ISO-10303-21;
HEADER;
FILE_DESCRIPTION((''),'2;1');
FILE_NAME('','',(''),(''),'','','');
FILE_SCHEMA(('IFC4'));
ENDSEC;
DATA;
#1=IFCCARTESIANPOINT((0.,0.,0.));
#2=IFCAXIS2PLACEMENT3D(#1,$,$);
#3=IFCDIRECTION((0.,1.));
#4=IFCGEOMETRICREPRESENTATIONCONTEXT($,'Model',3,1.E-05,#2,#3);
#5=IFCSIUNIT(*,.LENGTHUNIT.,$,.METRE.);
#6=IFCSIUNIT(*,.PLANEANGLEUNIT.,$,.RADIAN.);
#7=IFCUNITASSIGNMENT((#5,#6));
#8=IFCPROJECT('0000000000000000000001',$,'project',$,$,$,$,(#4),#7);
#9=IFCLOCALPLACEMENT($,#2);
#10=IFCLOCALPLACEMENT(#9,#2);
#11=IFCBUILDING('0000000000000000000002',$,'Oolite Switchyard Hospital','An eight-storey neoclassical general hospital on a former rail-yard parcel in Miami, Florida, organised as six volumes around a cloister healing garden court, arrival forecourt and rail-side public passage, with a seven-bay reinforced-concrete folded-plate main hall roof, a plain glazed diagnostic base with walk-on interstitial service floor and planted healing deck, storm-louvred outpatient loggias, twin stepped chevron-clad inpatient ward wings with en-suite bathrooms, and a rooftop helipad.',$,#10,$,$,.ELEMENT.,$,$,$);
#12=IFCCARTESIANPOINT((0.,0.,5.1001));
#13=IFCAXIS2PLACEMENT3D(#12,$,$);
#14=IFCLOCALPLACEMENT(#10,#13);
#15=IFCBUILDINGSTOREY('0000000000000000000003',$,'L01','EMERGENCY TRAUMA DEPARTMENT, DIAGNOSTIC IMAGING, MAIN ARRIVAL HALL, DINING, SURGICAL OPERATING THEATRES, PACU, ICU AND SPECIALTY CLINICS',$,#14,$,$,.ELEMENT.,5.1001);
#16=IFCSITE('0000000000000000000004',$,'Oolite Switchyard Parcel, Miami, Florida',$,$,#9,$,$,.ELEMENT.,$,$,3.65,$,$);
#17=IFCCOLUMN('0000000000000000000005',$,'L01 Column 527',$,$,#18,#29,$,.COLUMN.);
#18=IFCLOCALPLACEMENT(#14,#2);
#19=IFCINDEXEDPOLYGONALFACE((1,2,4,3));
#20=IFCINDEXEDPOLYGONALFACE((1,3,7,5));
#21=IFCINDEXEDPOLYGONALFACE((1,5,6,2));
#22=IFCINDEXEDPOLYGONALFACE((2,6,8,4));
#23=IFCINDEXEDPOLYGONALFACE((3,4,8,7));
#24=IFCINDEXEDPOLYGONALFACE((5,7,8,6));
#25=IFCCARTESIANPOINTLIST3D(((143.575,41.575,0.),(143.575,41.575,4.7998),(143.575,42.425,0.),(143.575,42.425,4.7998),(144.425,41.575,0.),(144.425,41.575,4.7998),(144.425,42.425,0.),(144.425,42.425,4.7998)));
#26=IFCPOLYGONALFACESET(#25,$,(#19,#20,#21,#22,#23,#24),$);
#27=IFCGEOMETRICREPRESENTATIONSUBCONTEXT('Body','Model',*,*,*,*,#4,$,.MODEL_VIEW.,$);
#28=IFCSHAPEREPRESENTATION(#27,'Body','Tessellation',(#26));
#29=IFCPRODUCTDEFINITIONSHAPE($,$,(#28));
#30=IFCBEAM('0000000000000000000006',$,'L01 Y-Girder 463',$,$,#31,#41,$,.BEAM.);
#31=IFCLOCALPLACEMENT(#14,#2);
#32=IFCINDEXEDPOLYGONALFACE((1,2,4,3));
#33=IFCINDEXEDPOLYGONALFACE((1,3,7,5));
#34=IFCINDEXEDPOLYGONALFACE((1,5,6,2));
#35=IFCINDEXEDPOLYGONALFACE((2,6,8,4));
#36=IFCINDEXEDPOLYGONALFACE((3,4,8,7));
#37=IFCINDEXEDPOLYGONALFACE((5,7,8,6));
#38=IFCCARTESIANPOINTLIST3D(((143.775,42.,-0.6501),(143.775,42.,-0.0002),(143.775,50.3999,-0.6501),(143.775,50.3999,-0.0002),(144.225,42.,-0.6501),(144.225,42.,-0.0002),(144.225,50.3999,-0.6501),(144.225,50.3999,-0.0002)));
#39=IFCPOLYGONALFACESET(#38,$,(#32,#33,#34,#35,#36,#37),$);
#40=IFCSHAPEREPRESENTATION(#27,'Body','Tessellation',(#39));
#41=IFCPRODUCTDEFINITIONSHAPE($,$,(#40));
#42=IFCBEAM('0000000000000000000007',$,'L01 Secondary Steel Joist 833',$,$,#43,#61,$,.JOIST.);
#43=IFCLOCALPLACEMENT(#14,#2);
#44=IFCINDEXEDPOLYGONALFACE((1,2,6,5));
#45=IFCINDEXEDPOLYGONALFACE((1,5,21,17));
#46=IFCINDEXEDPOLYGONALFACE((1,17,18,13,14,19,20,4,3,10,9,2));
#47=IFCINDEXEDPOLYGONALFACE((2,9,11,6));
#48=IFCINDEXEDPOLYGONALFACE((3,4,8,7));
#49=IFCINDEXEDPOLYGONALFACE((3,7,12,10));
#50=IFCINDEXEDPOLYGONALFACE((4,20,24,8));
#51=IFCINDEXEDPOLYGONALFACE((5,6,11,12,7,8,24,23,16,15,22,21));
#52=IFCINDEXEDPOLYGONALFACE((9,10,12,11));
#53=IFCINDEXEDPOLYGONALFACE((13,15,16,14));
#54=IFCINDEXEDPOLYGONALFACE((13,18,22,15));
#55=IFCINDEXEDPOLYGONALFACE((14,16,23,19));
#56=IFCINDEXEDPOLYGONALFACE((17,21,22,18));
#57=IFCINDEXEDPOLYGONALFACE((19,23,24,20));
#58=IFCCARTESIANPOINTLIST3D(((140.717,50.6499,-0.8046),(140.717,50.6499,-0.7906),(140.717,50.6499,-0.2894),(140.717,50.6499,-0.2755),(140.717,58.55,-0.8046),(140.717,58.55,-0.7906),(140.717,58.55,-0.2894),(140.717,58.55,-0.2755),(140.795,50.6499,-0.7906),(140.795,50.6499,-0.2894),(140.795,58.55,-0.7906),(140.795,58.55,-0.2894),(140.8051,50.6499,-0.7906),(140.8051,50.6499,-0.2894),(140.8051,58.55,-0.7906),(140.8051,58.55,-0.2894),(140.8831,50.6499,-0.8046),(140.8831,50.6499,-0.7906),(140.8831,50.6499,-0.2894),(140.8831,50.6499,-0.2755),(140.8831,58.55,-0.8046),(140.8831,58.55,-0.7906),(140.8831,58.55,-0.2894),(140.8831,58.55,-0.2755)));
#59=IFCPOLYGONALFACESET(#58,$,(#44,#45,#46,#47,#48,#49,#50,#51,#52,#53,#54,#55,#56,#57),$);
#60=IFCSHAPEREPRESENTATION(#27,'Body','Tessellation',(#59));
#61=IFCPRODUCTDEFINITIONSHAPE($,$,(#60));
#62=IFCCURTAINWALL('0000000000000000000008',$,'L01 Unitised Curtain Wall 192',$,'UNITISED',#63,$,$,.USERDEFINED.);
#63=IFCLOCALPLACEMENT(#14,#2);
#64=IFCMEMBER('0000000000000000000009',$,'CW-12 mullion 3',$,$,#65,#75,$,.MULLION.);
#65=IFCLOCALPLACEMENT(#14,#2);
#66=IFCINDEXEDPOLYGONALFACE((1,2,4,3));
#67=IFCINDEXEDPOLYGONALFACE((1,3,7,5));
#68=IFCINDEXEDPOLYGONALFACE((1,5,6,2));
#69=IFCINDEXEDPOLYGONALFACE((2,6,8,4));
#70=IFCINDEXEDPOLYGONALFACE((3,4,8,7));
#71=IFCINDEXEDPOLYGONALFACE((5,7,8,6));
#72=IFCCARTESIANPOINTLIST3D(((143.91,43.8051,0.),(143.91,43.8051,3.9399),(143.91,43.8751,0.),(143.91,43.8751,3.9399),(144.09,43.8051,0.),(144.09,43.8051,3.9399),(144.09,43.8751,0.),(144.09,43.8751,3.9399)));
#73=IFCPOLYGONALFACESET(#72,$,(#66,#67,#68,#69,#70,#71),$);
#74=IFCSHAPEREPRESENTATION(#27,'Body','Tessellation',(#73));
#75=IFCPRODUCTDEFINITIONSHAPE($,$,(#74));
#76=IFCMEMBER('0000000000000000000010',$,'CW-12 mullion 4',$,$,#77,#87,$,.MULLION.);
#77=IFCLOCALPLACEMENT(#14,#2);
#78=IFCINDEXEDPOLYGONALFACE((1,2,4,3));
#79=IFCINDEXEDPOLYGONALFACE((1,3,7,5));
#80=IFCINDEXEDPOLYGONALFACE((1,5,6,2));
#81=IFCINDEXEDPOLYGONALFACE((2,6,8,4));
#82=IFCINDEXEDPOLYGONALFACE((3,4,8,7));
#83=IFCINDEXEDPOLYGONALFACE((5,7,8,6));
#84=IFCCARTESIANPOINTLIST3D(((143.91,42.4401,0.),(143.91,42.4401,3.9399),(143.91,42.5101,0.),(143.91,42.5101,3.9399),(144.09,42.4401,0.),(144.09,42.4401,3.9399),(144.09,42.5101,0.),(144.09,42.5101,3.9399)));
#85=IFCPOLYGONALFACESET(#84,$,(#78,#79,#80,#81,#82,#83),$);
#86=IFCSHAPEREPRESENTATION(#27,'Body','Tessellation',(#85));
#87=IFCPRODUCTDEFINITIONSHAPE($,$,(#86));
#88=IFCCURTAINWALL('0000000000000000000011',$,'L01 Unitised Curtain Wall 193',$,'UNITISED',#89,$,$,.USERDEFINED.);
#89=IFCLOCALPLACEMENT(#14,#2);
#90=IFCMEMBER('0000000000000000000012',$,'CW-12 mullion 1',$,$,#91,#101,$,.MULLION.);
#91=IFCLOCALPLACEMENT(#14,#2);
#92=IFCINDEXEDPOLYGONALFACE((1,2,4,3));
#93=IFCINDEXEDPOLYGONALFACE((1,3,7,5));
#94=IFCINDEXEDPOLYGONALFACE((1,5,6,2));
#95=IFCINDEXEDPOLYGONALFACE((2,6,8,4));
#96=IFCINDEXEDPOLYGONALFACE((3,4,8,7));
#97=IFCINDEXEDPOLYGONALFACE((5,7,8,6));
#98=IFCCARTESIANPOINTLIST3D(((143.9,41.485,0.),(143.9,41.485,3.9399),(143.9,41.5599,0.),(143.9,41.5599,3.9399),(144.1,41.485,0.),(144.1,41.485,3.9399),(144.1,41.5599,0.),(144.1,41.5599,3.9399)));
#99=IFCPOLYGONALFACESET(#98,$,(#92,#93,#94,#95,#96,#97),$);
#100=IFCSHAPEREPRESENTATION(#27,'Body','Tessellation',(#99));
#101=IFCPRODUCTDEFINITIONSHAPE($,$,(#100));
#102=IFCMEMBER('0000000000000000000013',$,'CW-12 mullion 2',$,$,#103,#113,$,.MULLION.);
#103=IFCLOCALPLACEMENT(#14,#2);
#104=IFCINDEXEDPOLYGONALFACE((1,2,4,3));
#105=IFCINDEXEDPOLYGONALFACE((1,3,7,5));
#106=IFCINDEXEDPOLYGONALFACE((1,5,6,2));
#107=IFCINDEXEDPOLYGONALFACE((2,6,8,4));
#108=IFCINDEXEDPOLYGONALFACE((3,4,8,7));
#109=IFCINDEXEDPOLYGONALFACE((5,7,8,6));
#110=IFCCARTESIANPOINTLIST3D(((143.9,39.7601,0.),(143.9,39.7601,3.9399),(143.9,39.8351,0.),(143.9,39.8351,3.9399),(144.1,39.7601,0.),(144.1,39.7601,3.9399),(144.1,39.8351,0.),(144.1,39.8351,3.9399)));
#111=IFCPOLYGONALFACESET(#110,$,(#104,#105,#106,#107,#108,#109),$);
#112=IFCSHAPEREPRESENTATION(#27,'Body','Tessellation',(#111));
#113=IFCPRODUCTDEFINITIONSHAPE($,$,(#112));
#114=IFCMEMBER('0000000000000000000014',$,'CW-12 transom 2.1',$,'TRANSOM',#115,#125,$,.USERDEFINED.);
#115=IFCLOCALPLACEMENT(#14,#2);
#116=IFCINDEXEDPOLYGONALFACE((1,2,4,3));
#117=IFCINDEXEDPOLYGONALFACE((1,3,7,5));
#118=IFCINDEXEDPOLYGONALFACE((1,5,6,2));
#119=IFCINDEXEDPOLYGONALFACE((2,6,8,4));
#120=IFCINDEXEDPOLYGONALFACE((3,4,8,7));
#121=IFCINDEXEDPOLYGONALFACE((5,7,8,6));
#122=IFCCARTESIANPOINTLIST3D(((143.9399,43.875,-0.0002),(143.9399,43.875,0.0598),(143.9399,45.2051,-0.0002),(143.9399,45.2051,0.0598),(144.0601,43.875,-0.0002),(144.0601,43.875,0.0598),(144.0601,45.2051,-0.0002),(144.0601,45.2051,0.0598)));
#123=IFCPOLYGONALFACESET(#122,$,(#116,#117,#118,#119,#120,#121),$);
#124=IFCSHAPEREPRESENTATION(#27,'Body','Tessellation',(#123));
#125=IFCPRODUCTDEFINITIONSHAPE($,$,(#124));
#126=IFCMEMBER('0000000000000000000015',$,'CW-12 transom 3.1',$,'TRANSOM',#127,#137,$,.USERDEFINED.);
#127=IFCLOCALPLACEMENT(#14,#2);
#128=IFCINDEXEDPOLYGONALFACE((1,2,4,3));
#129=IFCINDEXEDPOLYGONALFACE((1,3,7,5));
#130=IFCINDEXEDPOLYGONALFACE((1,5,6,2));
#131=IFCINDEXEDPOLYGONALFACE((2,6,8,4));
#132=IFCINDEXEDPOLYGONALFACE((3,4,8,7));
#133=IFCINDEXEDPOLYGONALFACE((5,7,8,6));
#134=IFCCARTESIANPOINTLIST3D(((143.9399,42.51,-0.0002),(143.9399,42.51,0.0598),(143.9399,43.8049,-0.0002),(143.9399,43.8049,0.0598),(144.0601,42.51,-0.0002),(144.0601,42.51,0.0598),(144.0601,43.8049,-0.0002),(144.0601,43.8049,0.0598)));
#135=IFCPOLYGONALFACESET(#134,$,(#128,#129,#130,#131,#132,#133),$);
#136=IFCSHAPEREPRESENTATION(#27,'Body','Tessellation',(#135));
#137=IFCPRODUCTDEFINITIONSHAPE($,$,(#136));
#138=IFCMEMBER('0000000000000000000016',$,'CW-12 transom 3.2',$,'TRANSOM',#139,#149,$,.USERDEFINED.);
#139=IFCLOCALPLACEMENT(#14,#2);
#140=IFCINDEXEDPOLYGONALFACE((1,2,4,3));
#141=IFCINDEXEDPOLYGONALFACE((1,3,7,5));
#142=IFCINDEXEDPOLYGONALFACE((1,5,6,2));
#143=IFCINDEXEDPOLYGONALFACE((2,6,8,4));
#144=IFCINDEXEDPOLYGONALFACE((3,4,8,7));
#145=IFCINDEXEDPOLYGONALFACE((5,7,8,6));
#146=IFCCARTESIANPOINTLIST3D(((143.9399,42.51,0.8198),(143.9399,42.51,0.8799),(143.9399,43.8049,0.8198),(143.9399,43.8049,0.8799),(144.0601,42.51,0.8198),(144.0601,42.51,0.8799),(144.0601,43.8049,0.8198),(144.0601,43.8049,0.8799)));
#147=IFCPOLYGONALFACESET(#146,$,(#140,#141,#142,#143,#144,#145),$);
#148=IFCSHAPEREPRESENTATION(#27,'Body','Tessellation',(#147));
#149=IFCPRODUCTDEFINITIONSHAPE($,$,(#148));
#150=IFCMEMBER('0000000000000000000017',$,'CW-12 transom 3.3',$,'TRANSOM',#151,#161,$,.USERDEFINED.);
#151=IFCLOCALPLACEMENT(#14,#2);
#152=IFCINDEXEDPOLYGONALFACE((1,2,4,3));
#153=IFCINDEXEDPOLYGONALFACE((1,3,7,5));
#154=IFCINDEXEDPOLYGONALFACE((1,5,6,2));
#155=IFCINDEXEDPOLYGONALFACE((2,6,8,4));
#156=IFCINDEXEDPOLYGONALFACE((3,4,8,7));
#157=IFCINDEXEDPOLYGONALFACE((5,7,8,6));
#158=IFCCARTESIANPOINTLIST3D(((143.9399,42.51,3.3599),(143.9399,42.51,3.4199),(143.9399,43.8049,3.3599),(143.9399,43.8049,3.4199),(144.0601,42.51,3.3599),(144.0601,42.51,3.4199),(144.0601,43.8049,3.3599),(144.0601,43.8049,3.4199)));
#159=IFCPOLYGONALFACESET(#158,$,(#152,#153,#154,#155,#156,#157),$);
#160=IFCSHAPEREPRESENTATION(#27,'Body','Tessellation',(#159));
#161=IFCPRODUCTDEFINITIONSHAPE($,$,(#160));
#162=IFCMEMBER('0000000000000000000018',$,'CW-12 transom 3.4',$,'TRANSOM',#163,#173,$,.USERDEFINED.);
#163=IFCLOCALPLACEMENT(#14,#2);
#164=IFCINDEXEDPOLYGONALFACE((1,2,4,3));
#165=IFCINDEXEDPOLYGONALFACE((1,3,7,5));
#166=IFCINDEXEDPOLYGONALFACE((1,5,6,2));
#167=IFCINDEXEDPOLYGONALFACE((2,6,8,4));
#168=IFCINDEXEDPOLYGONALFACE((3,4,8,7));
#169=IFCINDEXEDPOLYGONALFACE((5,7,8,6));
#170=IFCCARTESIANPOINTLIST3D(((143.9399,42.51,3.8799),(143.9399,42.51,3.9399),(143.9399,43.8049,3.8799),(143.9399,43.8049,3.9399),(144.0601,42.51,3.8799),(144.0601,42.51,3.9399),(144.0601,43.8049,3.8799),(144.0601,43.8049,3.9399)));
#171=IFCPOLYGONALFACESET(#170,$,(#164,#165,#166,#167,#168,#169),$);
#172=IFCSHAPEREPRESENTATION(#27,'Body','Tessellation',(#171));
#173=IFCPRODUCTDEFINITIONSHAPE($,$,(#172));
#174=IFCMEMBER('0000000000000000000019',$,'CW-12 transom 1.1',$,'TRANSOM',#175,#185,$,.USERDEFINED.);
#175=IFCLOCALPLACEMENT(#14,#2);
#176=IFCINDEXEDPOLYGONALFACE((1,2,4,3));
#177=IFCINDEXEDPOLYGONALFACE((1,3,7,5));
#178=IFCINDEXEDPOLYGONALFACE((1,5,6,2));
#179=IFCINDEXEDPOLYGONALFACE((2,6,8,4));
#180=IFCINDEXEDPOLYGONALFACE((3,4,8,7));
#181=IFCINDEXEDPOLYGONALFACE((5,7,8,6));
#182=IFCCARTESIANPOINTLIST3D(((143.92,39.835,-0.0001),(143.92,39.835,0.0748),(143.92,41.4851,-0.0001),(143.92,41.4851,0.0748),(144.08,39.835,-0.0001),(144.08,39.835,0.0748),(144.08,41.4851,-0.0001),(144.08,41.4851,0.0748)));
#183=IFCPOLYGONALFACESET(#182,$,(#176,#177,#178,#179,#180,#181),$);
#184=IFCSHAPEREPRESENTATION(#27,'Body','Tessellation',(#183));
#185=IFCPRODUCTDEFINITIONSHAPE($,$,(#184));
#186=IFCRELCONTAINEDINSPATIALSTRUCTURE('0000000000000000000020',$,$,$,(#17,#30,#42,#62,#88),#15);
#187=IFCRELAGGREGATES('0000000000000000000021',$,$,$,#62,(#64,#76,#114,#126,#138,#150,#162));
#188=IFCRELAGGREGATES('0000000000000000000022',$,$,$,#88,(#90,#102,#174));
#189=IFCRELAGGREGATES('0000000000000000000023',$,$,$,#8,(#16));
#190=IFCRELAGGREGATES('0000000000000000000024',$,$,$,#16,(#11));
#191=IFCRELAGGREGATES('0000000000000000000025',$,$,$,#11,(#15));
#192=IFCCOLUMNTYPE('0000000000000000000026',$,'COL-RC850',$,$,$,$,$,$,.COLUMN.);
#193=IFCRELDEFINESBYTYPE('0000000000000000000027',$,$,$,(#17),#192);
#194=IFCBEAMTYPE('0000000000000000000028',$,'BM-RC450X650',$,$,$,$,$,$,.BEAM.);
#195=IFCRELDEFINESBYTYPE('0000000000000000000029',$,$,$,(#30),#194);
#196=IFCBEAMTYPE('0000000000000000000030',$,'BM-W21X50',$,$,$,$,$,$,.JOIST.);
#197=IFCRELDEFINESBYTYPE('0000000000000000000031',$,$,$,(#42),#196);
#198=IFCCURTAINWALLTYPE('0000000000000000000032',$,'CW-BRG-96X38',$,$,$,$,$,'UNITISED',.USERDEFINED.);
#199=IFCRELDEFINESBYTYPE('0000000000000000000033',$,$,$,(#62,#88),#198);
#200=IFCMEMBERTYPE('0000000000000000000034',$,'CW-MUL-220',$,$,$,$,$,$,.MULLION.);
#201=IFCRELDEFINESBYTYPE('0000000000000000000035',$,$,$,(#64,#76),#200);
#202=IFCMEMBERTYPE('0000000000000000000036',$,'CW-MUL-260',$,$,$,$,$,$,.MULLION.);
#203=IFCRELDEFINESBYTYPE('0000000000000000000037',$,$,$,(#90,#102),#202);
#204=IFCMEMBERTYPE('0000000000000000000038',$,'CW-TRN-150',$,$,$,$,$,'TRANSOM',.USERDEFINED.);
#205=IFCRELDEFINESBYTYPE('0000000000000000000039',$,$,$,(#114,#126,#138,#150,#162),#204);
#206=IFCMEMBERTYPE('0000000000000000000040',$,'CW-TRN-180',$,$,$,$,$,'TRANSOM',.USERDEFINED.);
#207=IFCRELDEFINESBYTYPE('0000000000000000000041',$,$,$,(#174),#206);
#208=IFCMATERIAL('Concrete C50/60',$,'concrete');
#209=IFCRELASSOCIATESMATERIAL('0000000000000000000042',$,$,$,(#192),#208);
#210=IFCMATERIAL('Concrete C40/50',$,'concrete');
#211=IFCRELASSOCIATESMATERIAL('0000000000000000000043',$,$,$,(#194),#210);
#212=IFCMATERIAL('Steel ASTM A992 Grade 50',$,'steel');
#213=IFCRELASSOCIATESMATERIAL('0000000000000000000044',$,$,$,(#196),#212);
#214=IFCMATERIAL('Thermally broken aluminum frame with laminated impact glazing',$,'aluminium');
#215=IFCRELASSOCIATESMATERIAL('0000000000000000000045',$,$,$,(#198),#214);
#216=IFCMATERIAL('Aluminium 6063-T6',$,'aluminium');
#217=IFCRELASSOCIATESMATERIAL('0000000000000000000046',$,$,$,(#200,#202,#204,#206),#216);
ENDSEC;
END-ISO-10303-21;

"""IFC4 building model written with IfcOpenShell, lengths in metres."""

from ifc_helpers import new_model, si_unit, direction, frame, origin, origin_2d, place, context, subcontext, project, spatial, rectangle, i_section, extrude, material, material_profile, profile_set, type_object, element, aggregate, save


model = new_model("IFC4")

# Units and contexts
model_context = context("Model", 3, precision=1e-05, world=origin(), true_north=direction((0.0, 1.0)))
body_context = subcontext(model_context, "Body", "Model", "MODEL_VIEW")
ifc_project = project(units=[si_unit("LENGTHUNIT", "METRE"), si_unit("PLANEANGLEUNIT", "RADIAN")], contexts=[model_context])

# Site, building, storey
site_placement = place(None, origin())
site = spatial("IfcSite", under=ifc_project, at=site_placement, Name="Oolite Switchyard Parcel, Miami, Florida", CompositionType="ELEMENT", RefElevation=3.65)
building_placement = place(site_placement, origin())
building = spatial("IfcBuilding", under=site, at=building_placement, Name="Oolite Switchyard Hospital", Description="An eight-storey neoclassical general hospital on a former rail-yard parcel in Miami, Florida, organised as six volumes around a cloister healing garden court, arrival forecourt and rail-side public passage, with a seven-bay reinforced-concrete folded-plate main hall roof, a plain glazed diagnostic base with walk-on interstitial service floor and planted healing deck, storm-louvred outpatient loggias, twin stepped chevron-clad inpatient ward wings with en-suite bathrooms, and a rooftop helipad.", CompositionType="ELEMENT")
storey_placement = place(building_placement, frame((0.0, 0.0, 5.1001)))
storey = spatial("IfcBuildingStorey", under=building, at=storey_placement, Name="L01", Description="EMERGENCY TRAUMA DEPARTMENT, DIAGNOSTIC IMAGING, MAIN ARRIVAL HALL, DINING, SURGICAL OPERATING THEATRES, PACU, ICU AND SPECIALTY CLINICS", CompositionType="ELEMENT", Elevation=5.1001)

# Column
ifc_material_1 = material(Name="Concrete C50/60", Category="concrete")
ifc_material_profile_1 = material_profile(ifc_material_1, rectangle(XDim=0.8501, YDim=0.8501, at=origin_2d()), Name="RC850X850")
ifc_profile_set_1 = profile_set([ifc_material_profile_1], Name="Concrete C50/60")
column_type = type_object("IfcColumnType", Name="COL-RC850", PredefinedType="COLUMN", material=ifc_profile_set_1)
column_placement = place(storey_placement, frame((144.0, 42.0, 0.0), z_axis=(0.0, 0.0, 1.0), x_axis=(1.0, 0.0, 0.0)))
element("IfcColumn", 1, at=column_placement, inside=storey, type_object=column_type, Name="L01 Column 527", PredefinedType="COLUMN", context=body_context, shape_type="SweptSolid", body=[
    extrude(rectangle(XDim=0.8501, YDim=0.8501, at=origin_2d()), origin(), (0.0, 0.0, 1.0), 4.7998),
])

# Beams
ifc_material_2 = material(Name="Concrete C40/50", Category="concrete")
ifc_material_profile_2 = material_profile(ifc_material_2, rectangle(XDim=0.45, YDim=0.6499, at=origin_2d()), Name="RCB450X650")
ifc_profile_set_2 = profile_set([ifc_material_profile_2], Name="Concrete C40/50")
beam_type_1 = type_object("IfcBeamType", Name="BM-RC450X650", PredefinedType="BEAM", material=ifc_profile_set_2)
beam_1_placement = place(storey_placement, frame((144.0, 42.0, -0.3252), z_axis=(0.0, 1.0, 0.0), x_axis=(-1.0, 0.0, 0.0)))
element("IfcBeam", 2, at=beam_1_placement, inside=storey, type_object=beam_type_1, Name="L01 Y-Girder 463", PredefinedType="BEAM", context=body_context, shape_type="SweptSolid", body=[
    extrude(rectangle(XDim=0.45, YDim=0.6499, at=origin_2d()), origin(), (0.0, 0.0, 1.0), 8.3999),
])
ifc_material_3 = material(Name="Steel ASTM A992 Grade 50", Category="steel")
ifc_material_profile_3 = material_profile(ifc_material_3, i_section(OverallWidth=0.166, OverallDepth=0.5291, WebThickness=0.01, FlangeThickness=0.0139, at=origin_2d()), Name="W21X50")
ifc_profile_set_3 = profile_set([ifc_material_profile_3], Name="Steel ASTM A992 Grade 50")
beam_type_2 = type_object("IfcBeamType", Name="BM-W21X50", PredefinedType="JOIST", material=ifc_profile_set_3)
beam_2_placement = place(storey_placement, frame((140.8, 50.6499, -0.54), z_axis=(0.0, 1.0, 0.0), x_axis=(-1.0, 0.0, 0.0)))
element("IfcBeam", 3, at=beam_2_placement, inside=storey, type_object=beam_type_2, Name="L01 Secondary Steel Joist 833", PredefinedType="JOIST", context=body_context, shape_type="SweptSolid", body=[
    extrude(i_section(OverallWidth=0.166, OverallDepth=0.5291, WebThickness=0.01, FlangeThickness=0.0139, at=origin_2d()), origin(), (0.0, 0.0, 1.0), 7.9001),
])

# Curtain walls, members
ifc_material_4 = material(Name="Thermally broken aluminum frame with laminated impact glazing", Category="aluminium")
curtain_wall_type = type_object("IfcCurtainWallType", Name="CW-BRG-96X38", ElementType="UNITISED", PredefinedType="USERDEFINED", material=ifc_material_4)
curtain_wall_1_placement = place(storey_placement, origin())
curtain_wall_1 = element("IfcCurtainWall", 4, at=curtain_wall_1_placement, inside=storey, type_object=curtain_wall_type, Name="L01 Unitised Curtain Wall 192", ObjectType="UNITISED", PredefinedType="USERDEFINED")
ifc_material_5 = material(Name="Aluminium 6063-T6", Category="aluminium")
ifc_material_profile_4 = material_profile(ifc_material_5, rectangle(XDim=0.1799, YDim=0.0701, at=origin_2d()), Name="CWM70X180")
ifc_profile_set_4 = profile_set([ifc_material_profile_4], Name="Aluminium 6063-T6")
member_type_1 = type_object("IfcMemberType", Name="CW-MUL-220", PredefinedType="MULLION", material=ifc_profile_set_4)
member_1_placement = place(storey_placement, frame((144.0, 43.8401, 0.0), z_axis=(0.0, 0.0, 1.0), x_axis=(1.0, 0.0, 0.0)))
member_1 = element("IfcMember", 5, at=member_1_placement, type_object=member_type_1, Name="CW-12 mullion 3", PredefinedType="MULLION", context=body_context, shape_type="SweptSolid", body=[
    extrude(rectangle(XDim=0.1799, YDim=0.0701, at=origin_2d()), origin(), (0.0, 0.0, 1.0), 3.9399),
])
member_2_placement = place(storey_placement, frame((144.0, 42.4751, 0.0), z_axis=(0.0, 0.0, 1.0), x_axis=(1.0, 0.0, 0.0)))
member_2 = element("IfcMember", 6, at=member_2_placement, type_object=member_type_1, Name="CW-12 mullion 4", PredefinedType="MULLION", context=body_context, shape_type="SweptSolid", body=[
    extrude(rectangle(XDim=0.1799, YDim=0.0701, at=origin_2d()), origin(), (0.0, 0.0, 1.0), 3.9399),
])
curtain_wall_2_placement = place(storey_placement, origin())
curtain_wall_2 = element("IfcCurtainWall", 7, at=curtain_wall_2_placement, inside=storey, type_object=curtain_wall_type, Name="L01 Unitised Curtain Wall 193", ObjectType="UNITISED", PredefinedType="USERDEFINED")
ifc_material_profile_5 = material_profile(ifc_material_5, rectangle(XDim=0.2, YDim=0.075, at=origin_2d()), Name="CWM75X200")
ifc_profile_set_5 = profile_set([ifc_material_profile_5], Name="Aluminium 6063-T6")
member_type_2 = type_object("IfcMemberType", Name="CW-MUL-260", PredefinedType="MULLION", material=ifc_profile_set_5)
member_3_placement = place(storey_placement, frame((144.0, 41.5225, 0.0), z_axis=(0.0, 0.0, 1.0), x_axis=(1.0, 0.0, 0.0)))
member_3 = element("IfcMember", 8, at=member_3_placement, type_object=member_type_2, Name="CW-12 mullion 1", PredefinedType="MULLION", context=body_context, shape_type="SweptSolid", body=[
    extrude(rectangle(XDim=0.2, YDim=0.075, at=origin_2d()), origin(), (0.0, 0.0, 1.0), 3.9399),
])
member_4_placement = place(storey_placement, frame((144.0, 39.7976, 0.0), z_axis=(0.0, 0.0, 1.0), x_axis=(1.0, 0.0, 0.0)))
member_4 = element("IfcMember", 9, at=member_4_placement, type_object=member_type_2, Name="CW-12 mullion 2", PredefinedType="MULLION", context=body_context, shape_type="SweptSolid", body=[
    extrude(rectangle(XDim=0.2, YDim=0.075, at=origin_2d()), origin(), (0.0, 0.0, 1.0), 3.9399),
])

# Members
ifc_material_profile_6 = material_profile(ifc_material_5, rectangle(XDim=0.1201, YDim=0.0601, at=origin_2d()), Name="CWT60X120")
ifc_profile_set_6 = profile_set([ifc_material_profile_6], Name="Aluminium 6063-T6")
member_type_3 = type_object("IfcMemberType", Name="CW-TRN-150", ElementType="TRANSOM", PredefinedType="USERDEFINED", material=ifc_profile_set_6)
member_5_placement = place(storey_placement, frame((144.0, 45.2051, 0.0298), z_axis=(0.0, -1.0, 0.0), x_axis=(1.0, 0.0, 0.0)))
member_5 = element("IfcMember", 10, at=member_5_placement, type_object=member_type_3, Name="CW-12 transom 2.1", ObjectType="TRANSOM", PredefinedType="USERDEFINED", context=body_context, shape_type="SweptSolid", body=[
    extrude(rectangle(XDim=0.1201, YDim=0.0601, at=origin_2d()), origin(), (0.0, 0.0, 1.0), 1.3301),
])
member_6_placement = place(storey_placement, frame((144.0, 43.8049, 0.0298), z_axis=(0.0, -1.0, 0.0), x_axis=(1.0, 0.0, 0.0)))
member_6 = element("IfcMember", 11, at=member_6_placement, type_object=member_type_3, Name="CW-12 transom 3.1", ObjectType="TRANSOM", PredefinedType="USERDEFINED", context=body_context, shape_type="SweptSolid", body=[
    extrude(rectangle(XDim=0.1201, YDim=0.0601, at=origin_2d()), origin(), (0.0, 0.0, 1.0), 1.2949),
])
member_7_placement = place(storey_placement, frame((144.0, 43.8049, 0.8499), z_axis=(0.0, -1.0, 0.0), x_axis=(1.0, 0.0, 0.0)))
member_7 = element("IfcMember", 12, at=member_7_placement, type_object=member_type_3, Name="CW-12 transom 3.2", ObjectType="TRANSOM", PredefinedType="USERDEFINED", context=body_context, shape_type="SweptSolid", body=[
    extrude(rectangle(XDim=0.1201, YDim=0.0601, at=origin_2d()), origin(), (0.0, 0.0, 1.0), 1.2949),
])
member_8_placement = place(storey_placement, frame((144.0, 43.8049, 3.3899), z_axis=(0.0, -1.0, 0.0), x_axis=(1.0, 0.0, 0.0)))
member_8 = element("IfcMember", 13, at=member_8_placement, type_object=member_type_3, Name="CW-12 transom 3.3", ObjectType="TRANSOM", PredefinedType="USERDEFINED", context=body_context, shape_type="SweptSolid", body=[
    extrude(rectangle(XDim=0.1201, YDim=0.0601, at=origin_2d()), origin(), (0.0, 0.0, 1.0), 1.2949),
])
member_9_placement = place(storey_placement, frame((144.0, 43.8049, 3.9099), z_axis=(0.0, -1.0, 0.0), x_axis=(1.0, 0.0, 0.0)))
member_9 = element("IfcMember", 14, at=member_9_placement, type_object=member_type_3, Name="CW-12 transom 3.4", ObjectType="TRANSOM", PredefinedType="USERDEFINED", context=body_context, shape_type="SweptSolid", body=[
    extrude(rectangle(XDim=0.1201, YDim=0.0601, at=origin_2d()), origin(), (0.0, 0.0, 1.0), 1.2949),
])
ifc_material_profile_7 = material_profile(ifc_material_5, rectangle(XDim=0.1599, YDim=0.075, at=origin_2d()), Name="CWT75X160")
ifc_profile_set_7 = profile_set([ifc_material_profile_7], Name="Aluminium 6063-T6")
member_type_4 = type_object("IfcMemberType", Name="CW-TRN-180", ElementType="TRANSOM", PredefinedType="USERDEFINED", material=ifc_profile_set_7)
member_10_placement = place(storey_placement, frame((144.0, 41.4851, 0.0374), z_axis=(0.0, -1.0, 0.0), x_axis=(1.0, 0.0, 0.0)))
member_10 = element("IfcMember", 15, at=member_10_placement, type_object=member_type_4, Name="CW-12 transom 1.1", ObjectType="TRANSOM", PredefinedType="USERDEFINED", context=body_context, shape_type="SweptSolid", body=[
    extrude(rectangle(XDim=0.1599, YDim=0.075, at=origin_2d()), origin(), (0.0, 0.0, 1.0), 1.6501),
])

aggregate(curtain_wall_1, [member_1, member_2, member_5, member_6, member_7, member_8, member_9])
aggregate(curtain_wall_2, [member_3, member_4, member_10])

save(model, "model.ifc")
